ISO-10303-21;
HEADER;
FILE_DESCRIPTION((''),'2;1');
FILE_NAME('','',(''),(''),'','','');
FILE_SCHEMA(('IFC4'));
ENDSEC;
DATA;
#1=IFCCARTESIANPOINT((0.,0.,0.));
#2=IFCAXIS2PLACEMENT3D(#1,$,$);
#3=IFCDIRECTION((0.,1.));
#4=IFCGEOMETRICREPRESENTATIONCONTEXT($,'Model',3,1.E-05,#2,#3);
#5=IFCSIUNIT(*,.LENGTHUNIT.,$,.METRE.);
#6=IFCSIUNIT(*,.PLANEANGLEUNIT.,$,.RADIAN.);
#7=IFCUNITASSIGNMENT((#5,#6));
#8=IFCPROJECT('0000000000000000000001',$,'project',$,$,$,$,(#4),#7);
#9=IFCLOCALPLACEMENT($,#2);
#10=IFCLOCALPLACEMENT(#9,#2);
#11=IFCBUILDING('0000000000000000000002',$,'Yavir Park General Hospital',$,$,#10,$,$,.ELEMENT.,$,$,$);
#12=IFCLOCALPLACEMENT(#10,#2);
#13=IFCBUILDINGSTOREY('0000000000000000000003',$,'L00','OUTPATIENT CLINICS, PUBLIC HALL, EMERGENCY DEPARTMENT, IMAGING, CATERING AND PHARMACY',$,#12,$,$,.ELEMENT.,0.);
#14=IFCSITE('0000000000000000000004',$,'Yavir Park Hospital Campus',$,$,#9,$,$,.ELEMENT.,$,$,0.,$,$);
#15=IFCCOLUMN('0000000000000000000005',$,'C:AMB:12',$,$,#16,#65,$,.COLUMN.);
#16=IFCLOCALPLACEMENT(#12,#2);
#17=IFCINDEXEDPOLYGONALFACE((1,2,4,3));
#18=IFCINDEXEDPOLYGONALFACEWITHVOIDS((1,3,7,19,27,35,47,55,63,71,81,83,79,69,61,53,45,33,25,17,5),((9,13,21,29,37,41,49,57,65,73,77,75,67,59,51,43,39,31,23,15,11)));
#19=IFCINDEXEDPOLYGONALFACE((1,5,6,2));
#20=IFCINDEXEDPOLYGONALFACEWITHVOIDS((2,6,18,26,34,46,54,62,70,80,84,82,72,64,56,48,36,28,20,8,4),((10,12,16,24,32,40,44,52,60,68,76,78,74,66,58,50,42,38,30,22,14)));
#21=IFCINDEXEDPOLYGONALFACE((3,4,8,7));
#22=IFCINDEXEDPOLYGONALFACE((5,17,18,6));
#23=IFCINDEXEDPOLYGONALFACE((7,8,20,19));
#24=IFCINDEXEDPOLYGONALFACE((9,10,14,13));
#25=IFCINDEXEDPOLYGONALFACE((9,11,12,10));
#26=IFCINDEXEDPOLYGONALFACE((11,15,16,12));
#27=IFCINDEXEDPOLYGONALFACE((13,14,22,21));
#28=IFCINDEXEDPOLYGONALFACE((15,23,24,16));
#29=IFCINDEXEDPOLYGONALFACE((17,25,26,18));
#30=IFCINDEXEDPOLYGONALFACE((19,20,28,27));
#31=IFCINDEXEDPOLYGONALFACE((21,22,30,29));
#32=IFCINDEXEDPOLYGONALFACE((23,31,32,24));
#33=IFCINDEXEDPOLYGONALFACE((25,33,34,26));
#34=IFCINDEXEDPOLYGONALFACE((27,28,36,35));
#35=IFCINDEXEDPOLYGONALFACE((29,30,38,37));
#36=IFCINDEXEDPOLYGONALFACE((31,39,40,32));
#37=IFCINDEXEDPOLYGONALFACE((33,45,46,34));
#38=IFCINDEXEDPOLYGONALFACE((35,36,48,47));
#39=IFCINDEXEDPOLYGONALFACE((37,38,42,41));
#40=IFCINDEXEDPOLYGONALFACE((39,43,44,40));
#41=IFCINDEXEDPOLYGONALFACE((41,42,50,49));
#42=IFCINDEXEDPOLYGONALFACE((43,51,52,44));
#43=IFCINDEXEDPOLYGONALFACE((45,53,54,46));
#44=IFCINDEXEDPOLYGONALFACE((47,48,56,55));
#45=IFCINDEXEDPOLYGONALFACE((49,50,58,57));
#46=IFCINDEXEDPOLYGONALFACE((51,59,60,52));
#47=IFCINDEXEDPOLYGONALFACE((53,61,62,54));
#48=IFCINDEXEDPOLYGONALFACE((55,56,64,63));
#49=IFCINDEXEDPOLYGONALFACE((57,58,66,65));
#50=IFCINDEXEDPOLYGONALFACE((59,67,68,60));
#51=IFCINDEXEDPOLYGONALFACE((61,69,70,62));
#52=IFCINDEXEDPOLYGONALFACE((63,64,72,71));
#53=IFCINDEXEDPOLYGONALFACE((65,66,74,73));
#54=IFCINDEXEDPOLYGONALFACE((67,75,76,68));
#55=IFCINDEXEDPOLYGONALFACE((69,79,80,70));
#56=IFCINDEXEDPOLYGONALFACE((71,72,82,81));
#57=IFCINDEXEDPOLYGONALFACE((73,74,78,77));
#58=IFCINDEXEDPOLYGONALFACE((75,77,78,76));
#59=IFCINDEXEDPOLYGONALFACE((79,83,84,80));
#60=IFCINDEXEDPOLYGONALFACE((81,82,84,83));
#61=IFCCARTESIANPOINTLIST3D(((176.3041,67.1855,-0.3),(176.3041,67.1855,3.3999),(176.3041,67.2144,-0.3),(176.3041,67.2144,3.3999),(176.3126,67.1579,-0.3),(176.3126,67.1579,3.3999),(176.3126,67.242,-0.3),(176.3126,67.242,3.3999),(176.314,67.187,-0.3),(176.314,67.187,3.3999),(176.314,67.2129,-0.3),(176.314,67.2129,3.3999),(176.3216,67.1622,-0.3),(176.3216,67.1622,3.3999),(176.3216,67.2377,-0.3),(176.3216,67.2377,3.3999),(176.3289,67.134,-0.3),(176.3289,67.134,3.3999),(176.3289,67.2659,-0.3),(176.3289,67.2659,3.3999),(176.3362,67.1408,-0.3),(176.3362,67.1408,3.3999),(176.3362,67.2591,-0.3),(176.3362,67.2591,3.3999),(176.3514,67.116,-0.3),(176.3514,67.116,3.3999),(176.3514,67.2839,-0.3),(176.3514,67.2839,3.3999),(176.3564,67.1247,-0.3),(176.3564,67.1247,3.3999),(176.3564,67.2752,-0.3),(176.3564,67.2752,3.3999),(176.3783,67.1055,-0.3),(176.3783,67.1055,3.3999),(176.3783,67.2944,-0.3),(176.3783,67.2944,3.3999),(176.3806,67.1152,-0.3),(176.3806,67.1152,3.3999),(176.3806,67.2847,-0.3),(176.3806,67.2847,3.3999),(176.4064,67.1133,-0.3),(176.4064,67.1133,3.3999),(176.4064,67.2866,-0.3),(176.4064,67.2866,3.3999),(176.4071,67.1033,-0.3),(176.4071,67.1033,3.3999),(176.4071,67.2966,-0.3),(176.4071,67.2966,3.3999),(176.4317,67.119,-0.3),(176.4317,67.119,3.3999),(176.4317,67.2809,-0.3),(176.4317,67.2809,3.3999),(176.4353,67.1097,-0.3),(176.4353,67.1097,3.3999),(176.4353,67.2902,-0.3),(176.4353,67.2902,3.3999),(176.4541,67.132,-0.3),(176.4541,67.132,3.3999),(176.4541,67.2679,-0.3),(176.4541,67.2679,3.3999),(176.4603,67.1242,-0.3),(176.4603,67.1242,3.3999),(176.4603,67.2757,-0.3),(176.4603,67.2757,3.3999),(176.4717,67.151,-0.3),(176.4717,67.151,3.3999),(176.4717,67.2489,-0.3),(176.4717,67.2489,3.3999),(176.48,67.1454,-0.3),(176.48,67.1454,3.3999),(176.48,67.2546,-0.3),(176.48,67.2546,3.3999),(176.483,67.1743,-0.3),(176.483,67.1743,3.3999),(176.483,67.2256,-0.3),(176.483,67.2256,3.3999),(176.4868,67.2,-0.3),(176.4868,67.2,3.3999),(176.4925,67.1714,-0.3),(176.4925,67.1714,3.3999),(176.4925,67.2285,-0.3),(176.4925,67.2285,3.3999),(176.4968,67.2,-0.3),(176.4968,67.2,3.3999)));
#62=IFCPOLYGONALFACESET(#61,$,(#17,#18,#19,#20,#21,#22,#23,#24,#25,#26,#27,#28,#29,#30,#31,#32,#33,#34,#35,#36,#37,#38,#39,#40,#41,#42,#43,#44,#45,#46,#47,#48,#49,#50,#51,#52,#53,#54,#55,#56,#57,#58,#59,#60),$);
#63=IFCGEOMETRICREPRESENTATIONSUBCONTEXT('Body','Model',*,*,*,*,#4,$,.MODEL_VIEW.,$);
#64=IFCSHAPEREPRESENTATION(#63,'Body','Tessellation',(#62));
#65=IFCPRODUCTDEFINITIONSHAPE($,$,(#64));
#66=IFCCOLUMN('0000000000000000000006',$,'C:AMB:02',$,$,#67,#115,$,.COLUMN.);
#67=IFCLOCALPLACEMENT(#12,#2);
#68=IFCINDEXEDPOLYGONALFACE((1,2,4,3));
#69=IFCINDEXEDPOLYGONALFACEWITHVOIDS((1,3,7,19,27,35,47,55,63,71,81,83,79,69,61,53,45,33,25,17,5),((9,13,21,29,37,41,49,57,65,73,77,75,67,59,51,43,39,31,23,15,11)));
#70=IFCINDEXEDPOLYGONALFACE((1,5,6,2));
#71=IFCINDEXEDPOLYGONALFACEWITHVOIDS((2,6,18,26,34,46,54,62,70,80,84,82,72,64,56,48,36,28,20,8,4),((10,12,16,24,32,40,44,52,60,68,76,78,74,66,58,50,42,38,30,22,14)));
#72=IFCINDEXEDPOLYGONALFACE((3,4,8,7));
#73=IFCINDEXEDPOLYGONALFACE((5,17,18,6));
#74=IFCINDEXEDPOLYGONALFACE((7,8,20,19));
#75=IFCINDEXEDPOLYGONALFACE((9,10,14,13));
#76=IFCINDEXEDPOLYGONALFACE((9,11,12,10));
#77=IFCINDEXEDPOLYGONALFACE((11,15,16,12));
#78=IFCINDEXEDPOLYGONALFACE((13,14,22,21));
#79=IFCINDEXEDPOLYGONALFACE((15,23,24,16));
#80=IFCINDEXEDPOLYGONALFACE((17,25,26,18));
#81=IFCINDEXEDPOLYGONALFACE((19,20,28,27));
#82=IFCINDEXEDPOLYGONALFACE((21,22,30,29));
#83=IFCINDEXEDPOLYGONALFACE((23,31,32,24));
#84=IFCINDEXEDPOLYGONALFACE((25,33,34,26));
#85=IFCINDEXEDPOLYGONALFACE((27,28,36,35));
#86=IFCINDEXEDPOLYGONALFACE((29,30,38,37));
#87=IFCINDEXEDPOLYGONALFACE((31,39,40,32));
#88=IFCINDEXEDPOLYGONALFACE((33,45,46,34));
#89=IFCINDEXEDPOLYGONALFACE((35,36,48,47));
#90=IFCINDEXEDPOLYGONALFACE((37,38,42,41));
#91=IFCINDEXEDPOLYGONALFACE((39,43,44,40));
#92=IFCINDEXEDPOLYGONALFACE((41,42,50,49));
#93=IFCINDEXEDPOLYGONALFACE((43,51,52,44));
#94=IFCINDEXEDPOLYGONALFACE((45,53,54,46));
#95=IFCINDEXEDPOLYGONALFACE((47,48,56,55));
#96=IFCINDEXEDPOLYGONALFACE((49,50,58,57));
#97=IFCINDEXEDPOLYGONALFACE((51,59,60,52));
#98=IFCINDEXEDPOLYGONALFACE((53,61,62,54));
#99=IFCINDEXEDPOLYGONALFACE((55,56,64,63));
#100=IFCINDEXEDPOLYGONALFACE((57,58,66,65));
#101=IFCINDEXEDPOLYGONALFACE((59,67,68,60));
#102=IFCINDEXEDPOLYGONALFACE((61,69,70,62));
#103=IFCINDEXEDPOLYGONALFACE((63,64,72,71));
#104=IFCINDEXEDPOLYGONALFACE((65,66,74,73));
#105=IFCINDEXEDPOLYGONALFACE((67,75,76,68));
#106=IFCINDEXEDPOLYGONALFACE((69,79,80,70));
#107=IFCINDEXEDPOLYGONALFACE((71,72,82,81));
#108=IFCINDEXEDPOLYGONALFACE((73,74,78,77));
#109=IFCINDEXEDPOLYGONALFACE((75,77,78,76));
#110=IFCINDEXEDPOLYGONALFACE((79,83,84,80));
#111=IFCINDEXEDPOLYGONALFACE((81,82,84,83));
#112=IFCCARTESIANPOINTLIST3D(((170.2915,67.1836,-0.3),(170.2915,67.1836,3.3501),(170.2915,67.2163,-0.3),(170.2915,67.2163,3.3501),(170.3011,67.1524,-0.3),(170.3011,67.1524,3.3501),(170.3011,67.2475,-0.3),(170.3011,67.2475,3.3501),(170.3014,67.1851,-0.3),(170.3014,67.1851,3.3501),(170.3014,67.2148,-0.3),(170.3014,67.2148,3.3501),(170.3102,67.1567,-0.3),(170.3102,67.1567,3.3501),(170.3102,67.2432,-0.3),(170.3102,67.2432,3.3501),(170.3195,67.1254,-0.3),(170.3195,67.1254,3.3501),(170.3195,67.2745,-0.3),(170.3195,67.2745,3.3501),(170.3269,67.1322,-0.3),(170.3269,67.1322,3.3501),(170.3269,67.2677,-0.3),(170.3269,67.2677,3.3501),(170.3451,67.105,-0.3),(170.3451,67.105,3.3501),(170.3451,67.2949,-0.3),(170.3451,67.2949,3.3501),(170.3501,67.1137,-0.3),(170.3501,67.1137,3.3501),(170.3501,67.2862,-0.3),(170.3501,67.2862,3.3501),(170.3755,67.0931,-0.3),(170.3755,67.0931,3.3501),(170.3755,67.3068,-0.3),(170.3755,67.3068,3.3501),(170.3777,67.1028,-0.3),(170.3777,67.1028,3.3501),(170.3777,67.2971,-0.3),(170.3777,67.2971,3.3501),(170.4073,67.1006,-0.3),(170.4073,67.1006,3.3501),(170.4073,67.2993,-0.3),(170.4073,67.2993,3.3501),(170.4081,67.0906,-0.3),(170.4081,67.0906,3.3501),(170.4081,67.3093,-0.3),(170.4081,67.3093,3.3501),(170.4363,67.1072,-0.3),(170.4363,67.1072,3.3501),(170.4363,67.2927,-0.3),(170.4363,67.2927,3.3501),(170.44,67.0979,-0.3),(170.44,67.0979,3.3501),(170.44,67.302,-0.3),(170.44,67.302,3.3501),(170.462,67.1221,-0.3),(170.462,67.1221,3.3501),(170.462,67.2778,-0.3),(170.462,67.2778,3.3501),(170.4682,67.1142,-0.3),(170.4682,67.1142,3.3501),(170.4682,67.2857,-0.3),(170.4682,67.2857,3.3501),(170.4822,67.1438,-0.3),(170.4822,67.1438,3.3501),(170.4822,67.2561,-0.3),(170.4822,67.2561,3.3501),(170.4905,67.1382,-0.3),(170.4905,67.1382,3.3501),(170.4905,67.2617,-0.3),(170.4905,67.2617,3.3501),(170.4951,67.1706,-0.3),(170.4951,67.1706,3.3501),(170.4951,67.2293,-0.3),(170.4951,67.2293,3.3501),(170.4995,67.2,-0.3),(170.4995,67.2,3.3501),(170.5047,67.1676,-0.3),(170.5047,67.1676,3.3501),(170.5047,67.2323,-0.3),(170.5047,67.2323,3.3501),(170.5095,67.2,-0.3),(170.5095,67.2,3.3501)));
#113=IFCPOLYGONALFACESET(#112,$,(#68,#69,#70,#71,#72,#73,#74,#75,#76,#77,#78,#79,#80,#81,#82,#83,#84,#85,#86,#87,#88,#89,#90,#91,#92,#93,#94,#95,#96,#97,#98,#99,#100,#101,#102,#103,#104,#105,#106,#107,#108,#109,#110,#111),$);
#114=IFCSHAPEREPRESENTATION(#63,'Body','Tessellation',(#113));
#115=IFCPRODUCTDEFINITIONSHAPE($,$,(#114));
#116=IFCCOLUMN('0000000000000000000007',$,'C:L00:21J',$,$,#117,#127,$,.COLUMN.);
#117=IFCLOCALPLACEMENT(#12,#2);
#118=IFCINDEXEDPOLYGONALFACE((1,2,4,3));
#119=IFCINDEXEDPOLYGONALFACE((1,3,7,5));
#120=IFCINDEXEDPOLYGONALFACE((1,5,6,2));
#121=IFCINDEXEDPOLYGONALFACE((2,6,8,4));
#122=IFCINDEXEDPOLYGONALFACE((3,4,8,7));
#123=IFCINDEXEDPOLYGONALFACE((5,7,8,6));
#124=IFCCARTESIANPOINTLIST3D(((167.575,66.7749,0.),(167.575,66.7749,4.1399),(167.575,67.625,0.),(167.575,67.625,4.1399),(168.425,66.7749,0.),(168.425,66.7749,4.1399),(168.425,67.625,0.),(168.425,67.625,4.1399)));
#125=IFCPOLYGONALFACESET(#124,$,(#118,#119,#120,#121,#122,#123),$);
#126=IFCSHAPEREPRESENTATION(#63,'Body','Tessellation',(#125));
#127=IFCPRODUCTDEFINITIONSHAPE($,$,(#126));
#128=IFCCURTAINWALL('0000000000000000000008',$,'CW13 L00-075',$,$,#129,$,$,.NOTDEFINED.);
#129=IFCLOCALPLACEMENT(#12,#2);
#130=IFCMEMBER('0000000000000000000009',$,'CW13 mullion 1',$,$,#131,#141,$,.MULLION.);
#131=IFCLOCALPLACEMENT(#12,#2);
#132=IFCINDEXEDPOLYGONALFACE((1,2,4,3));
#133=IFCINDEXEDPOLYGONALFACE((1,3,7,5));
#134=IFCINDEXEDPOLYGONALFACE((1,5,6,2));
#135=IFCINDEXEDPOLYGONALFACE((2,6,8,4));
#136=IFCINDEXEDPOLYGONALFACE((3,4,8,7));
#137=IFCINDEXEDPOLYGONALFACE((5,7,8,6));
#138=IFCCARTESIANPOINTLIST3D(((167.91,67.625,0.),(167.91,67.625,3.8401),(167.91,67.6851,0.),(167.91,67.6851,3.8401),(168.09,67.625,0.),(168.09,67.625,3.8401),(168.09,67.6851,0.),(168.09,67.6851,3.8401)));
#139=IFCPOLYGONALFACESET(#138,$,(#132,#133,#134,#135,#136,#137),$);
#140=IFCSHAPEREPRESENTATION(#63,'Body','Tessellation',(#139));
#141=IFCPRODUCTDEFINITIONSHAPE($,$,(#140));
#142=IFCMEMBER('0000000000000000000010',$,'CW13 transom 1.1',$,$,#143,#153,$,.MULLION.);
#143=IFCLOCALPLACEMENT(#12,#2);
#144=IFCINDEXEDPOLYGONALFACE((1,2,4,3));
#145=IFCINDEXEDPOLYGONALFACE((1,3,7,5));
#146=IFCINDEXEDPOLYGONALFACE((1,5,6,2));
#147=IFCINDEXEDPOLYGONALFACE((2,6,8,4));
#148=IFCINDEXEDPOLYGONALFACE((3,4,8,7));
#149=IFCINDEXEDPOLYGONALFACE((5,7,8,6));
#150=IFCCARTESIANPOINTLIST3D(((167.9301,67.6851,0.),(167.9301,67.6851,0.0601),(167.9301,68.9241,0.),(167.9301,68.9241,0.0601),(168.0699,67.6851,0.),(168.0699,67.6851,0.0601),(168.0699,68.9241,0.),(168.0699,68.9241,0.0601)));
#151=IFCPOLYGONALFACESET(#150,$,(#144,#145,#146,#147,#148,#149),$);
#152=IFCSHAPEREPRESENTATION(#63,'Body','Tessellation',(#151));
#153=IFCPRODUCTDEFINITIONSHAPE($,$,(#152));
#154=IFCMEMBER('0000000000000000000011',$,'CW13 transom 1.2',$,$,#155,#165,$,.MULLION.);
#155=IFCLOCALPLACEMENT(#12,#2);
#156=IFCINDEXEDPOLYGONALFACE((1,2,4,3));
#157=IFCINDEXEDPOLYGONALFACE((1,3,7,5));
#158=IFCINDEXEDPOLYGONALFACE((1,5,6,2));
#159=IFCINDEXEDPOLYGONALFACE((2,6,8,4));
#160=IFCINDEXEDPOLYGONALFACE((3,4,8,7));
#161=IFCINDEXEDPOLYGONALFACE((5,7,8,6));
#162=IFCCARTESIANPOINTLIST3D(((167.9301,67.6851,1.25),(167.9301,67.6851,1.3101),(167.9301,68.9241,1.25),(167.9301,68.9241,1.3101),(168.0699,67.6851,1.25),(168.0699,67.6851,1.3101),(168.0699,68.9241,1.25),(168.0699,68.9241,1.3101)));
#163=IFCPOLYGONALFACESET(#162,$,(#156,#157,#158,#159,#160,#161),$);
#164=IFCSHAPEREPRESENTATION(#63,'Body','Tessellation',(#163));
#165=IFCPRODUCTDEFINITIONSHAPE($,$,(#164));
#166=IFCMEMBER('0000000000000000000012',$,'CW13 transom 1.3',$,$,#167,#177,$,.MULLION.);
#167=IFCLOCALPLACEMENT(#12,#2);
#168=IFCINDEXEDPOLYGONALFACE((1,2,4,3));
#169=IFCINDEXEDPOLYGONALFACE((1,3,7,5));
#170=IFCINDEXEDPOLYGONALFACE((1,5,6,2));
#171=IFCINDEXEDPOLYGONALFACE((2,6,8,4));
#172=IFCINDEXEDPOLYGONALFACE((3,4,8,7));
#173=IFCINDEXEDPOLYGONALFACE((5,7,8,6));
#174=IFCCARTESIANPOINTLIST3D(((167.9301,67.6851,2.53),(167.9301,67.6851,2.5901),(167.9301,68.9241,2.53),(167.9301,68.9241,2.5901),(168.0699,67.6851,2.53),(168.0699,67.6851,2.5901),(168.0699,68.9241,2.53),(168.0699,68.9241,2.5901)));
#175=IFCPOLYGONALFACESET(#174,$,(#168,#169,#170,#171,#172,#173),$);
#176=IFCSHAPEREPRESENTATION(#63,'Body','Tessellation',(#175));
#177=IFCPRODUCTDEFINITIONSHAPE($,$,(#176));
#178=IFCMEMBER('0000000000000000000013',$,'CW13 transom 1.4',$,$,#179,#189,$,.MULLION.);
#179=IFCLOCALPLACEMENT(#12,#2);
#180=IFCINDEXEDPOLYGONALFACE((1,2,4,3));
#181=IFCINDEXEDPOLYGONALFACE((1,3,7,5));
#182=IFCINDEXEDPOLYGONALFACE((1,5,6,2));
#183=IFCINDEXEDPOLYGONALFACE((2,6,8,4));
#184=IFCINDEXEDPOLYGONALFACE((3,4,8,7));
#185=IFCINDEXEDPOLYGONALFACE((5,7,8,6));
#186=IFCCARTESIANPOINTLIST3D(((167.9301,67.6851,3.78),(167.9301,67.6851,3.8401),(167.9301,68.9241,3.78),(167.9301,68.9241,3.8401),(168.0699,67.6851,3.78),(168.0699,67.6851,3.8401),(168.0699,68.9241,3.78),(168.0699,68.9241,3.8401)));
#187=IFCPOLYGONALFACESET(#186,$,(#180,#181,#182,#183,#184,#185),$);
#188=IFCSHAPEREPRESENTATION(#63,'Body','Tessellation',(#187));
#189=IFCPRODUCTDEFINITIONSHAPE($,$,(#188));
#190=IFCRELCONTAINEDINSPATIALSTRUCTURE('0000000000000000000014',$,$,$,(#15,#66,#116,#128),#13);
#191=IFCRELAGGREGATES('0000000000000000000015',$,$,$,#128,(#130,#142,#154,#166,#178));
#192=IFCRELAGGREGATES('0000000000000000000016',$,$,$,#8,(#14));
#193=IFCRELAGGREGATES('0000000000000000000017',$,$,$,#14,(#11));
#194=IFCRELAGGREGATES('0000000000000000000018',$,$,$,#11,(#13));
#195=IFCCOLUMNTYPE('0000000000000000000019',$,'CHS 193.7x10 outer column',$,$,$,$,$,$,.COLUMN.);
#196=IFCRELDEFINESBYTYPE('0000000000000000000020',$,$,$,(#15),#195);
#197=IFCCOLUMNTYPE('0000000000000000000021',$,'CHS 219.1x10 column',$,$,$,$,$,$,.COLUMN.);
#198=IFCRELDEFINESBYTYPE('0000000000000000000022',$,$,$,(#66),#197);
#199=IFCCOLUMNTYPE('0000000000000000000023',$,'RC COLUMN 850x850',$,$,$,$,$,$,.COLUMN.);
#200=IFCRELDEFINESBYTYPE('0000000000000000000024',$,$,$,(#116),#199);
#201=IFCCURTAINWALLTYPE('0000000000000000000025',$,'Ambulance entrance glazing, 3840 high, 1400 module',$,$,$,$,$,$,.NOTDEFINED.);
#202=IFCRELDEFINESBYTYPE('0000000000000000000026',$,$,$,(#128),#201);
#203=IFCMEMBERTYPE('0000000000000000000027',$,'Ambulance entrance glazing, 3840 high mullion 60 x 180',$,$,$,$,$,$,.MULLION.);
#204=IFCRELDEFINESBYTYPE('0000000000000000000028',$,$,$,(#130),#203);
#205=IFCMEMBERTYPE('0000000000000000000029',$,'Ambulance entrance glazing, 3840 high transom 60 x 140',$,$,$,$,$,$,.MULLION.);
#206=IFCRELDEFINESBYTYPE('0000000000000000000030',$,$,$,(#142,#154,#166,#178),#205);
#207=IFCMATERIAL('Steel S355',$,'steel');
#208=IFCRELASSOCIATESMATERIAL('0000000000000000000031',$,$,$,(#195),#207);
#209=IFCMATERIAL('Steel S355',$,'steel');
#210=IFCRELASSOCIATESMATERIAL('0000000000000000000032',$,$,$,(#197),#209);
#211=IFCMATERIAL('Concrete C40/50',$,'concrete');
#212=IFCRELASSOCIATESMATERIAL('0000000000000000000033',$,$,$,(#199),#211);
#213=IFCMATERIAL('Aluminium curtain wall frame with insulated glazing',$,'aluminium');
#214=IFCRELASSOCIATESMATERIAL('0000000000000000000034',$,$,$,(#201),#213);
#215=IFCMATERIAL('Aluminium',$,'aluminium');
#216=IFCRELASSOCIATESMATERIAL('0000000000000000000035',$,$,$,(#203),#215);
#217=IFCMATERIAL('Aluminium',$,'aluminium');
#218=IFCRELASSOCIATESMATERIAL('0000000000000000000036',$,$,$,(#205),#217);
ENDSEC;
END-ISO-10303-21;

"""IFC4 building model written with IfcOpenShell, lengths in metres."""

from ifc_helpers import new_model, si_unit, direction, frame, origin, origin_2d, place, context, subcontext, project, spatial, rectangle, hollow_circle, extrude, material, material_profile, profile_set, type_object, element, aggregate, save


model = new_model("IFC4")

# Units and contexts
model_context = context("Model", 3, precision=1e-05, world=origin(), true_north=direction((0.0, 1.0)))
body_context = subcontext(model_context, "Body", "Model", "MODEL_VIEW")
ifc_project = project(units=[si_unit("LENGTHUNIT", "METRE"), si_unit("PLANEANGLEUNIT", "RADIAN")], contexts=[model_context])

# Site, building, storey
site_placement = place(None, origin())
site = spatial("IfcSite", under=ifc_project, at=site_placement, Name="Yavir Park Hospital Campus", CompositionType="ELEMENT", RefElevation=0.0)
building_placement = place(site_placement, origin())
building = spatial("IfcBuilding", under=site, at=building_placement, Name="Yavir Park General Hospital", CompositionType="ELEMENT")
storey_placement = place(building_placement, origin())
storey = spatial("IfcBuildingStorey", under=building, at=storey_placement, Name="L00", Description="OUTPATIENT CLINICS, PUBLIC HALL, EMERGENCY DEPARTMENT, IMAGING, CATERING AND PHARMACY", CompositionType="ELEMENT", Elevation=0.0)

# Columns
ifc_material_1 = material(Name="Steel S355", Category="steel")
ifc_material_profile_1 = material_profile(ifc_material_1, hollow_circle(Radius=0.0969, WallThickness=0.01, at=origin_2d()), Name="CHS193.7x10")
ifc_profile_set_1 = profile_set([ifc_material_profile_1], Name="Steel S355")
column_type_1 = type_object("IfcColumnType", Name="CHS 193.7x10 outer column", PredefinedType="COLUMN", material=ifc_profile_set_1)
column_1_placement = place(storey_placement, frame((176.3999, 67.2, -0.3), z_axis=(0.0, 0.0, 1.0), x_axis=(1.0, 0.0, 0.0)))
element("IfcColumn", 1, at=column_1_placement, inside=storey, type_object=column_type_1, Name="C:AMB:12", PredefinedType="COLUMN", context=body_context, shape_type="SweptSolid", body=[
    extrude(hollow_circle(Radius=0.0969, WallThickness=0.01, at=origin_2d()), origin(), (0.0, 0.0, 1.0), 3.7),
])
ifc_material_2 = material(Name="Steel S355", Category="steel")
ifc_material_profile_2 = material_profile(ifc_material_2, hollow_circle(Radius=0.1096, WallThickness=0.01, at=origin_2d()), Name="CHS219.1x10")
ifc_profile_set_2 = profile_set([ifc_material_profile_2], Name="Steel S355")
column_type_2 = type_object("IfcColumnType", Name="CHS 219.1x10 column", PredefinedType="COLUMN", material=ifc_profile_set_2)
column_2_placement = place(storey_placement, frame((170.3999, 67.2, -0.3), z_axis=(0.0, 0.0, 1.0), x_axis=(1.0, 0.0, 0.0)))
element("IfcColumn", 2, at=column_2_placement, inside=storey, type_object=column_type_2, Name="C:AMB:02", PredefinedType="COLUMN", context=body_context, shape_type="SweptSolid", body=[
    extrude(hollow_circle(Radius=0.1096, WallThickness=0.01, at=origin_2d()), origin(), (0.0, 0.0, 1.0), 3.6501),
])
ifc_material_3 = material(Name="Concrete C40/50", Category="concrete")
ifc_material_profile_3 = material_profile(ifc_material_3, rectangle(XDim=0.8501, YDim=0.8501, at=origin_2d()), Name="RC850x850")
ifc_profile_set_3 = profile_set([ifc_material_profile_3], Name="Concrete C40/50")
column_type_3 = type_object("IfcColumnType", Name="RC COLUMN 850x850", PredefinedType="COLUMN", material=ifc_profile_set_3)
column_3_placement = place(storey_placement, frame((168.0, 67.2, 0.0), z_axis=(0.0, 0.0, 1.0), x_axis=(1.0, 0.0, 0.0)))
element("IfcColumn", 3, at=column_3_placement, inside=storey, type_object=column_type_3, Name="C:L00:21J", PredefinedType="COLUMN", context=body_context, shape_type="SweptSolid", body=[
    extrude(rectangle(XDim=0.8501, YDim=0.8501, at=origin_2d()), origin(), (0.0, 0.0, 1.0), 4.1399),
])

# Curtain wall, members
ifc_material_4 = material(Name="Aluminium curtain wall frame with insulated glazing", Category="aluminium")
curtain_wall_type = type_object("IfcCurtainWallType", Name="Ambulance entrance glazing, 3840 high, 1400 module", PredefinedType="NOTDEFINED", material=ifc_material_4)
curtain_wall_placement = place(storey_placement, origin())
curtain_wall = element("IfcCurtainWall", 4, at=curtain_wall_placement, inside=storey, type_object=curtain_wall_type, Name="CW13 L00-075", PredefinedType="NOTDEFINED")
ifc_material_5 = material(Name="Aluminium", Category="aluminium")
ifc_material_profile_4 = material_profile(ifc_material_5, rectangle(XDim=0.1799, YDim=0.0601, at=origin_2d()), Name="AL 60x180")
ifc_profile_set_4 = profile_set([ifc_material_profile_4], Name="Aluminium")
member_type_1 = type_object("IfcMemberType", Name="Ambulance entrance glazing, 3840 high mullion 60 x 180", PredefinedType="MULLION", material=ifc_profile_set_4)
member_1_placement = place(storey_placement, frame((168.0, 67.655, 0.0), z_axis=(0.0, 0.0, 1.0), x_axis=(-1.0, 0.0, 0.0)))
member_1 = element("IfcMember", 5, at=member_1_placement, type_object=member_type_1, Name="CW13 mullion 1", PredefinedType="MULLION", context=body_context, shape_type="SweptSolid", body=[
    extrude(rectangle(XDim=0.1799, YDim=0.0601, at=origin_2d()), origin(), (0.0, 0.0, 1.0), 3.8401),
])
ifc_material_6 = material(Name="Aluminium", Category="aluminium")
ifc_material_profile_5 = material_profile(ifc_material_6, rectangle(XDim=0.1399, YDim=0.0601, at=origin_2d()), Name="AL 140x60")
ifc_profile_set_5 = profile_set([ifc_material_profile_5], Name="Aluminium")
member_type_2 = type_object("IfcMemberType", Name="Ambulance entrance glazing, 3840 high transom 60 x 140", PredefinedType="MULLION", material=ifc_profile_set_5)
member_2_placement = place(storey_placement, frame((168.0, 67.6851, 0.03), z_axis=(0.0, 1.0, 0.0), x_axis=(-1.0, 0.0, 0.0)))
member_2 = element("IfcMember", 6, at=member_2_placement, type_object=member_type_2, Name="CW13 transom 1.1", PredefinedType="MULLION", context=body_context, shape_type="SweptSolid", body=[
    extrude(rectangle(XDim=0.1399, YDim=0.0601, at=origin_2d()), origin(), (0.0, 0.0, 1.0), 1.239),
])
member_3_placement = place(storey_placement, frame((168.0, 67.6851, 1.28), z_axis=(0.0, 1.0, 0.0), x_axis=(-1.0, 0.0, 0.0)))
member_3 = element("IfcMember", 7, at=member_3_placement, type_object=member_type_2, Name="CW13 transom 1.2", PredefinedType="MULLION", context=body_context, shape_type="SweptSolid", body=[
    extrude(rectangle(XDim=0.1399, YDim=0.0601, at=origin_2d()), origin(), (0.0, 0.0, 1.0), 1.239),
])
member_4_placement = place(storey_placement, frame((168.0, 67.6851, 2.5601), z_axis=(0.0, 1.0, 0.0), x_axis=(-1.0, 0.0, 0.0)))
member_4 = element("IfcMember", 8, at=member_4_placement, type_object=member_type_2, Name="CW13 transom 1.3", PredefinedType="MULLION", context=body_context, shape_type="SweptSolid", body=[
    extrude(rectangle(XDim=0.1399, YDim=0.0601, at=origin_2d()), origin(), (0.0, 0.0, 1.0), 1.239),
])
member_5_placement = place(storey_placement, frame((168.0, 67.6851, 3.8101), z_axis=(0.0, 1.0, 0.0), x_axis=(-1.0, 0.0, 0.0)))
member_5 = element("IfcMember", 9, at=member_5_placement, type_object=member_type_2, Name="CW13 transom 1.4", PredefinedType="MULLION", context=body_context, shape_type="SweptSolid", body=[
    extrude(rectangle(XDim=0.1399, YDim=0.0601, at=origin_2d()), origin(), (0.0, 0.0, 1.0), 1.239),
])

aggregate(curtain_wall, [member_1, member_2, member_3, member_4, member_5])

save(model, "model.ifc")
